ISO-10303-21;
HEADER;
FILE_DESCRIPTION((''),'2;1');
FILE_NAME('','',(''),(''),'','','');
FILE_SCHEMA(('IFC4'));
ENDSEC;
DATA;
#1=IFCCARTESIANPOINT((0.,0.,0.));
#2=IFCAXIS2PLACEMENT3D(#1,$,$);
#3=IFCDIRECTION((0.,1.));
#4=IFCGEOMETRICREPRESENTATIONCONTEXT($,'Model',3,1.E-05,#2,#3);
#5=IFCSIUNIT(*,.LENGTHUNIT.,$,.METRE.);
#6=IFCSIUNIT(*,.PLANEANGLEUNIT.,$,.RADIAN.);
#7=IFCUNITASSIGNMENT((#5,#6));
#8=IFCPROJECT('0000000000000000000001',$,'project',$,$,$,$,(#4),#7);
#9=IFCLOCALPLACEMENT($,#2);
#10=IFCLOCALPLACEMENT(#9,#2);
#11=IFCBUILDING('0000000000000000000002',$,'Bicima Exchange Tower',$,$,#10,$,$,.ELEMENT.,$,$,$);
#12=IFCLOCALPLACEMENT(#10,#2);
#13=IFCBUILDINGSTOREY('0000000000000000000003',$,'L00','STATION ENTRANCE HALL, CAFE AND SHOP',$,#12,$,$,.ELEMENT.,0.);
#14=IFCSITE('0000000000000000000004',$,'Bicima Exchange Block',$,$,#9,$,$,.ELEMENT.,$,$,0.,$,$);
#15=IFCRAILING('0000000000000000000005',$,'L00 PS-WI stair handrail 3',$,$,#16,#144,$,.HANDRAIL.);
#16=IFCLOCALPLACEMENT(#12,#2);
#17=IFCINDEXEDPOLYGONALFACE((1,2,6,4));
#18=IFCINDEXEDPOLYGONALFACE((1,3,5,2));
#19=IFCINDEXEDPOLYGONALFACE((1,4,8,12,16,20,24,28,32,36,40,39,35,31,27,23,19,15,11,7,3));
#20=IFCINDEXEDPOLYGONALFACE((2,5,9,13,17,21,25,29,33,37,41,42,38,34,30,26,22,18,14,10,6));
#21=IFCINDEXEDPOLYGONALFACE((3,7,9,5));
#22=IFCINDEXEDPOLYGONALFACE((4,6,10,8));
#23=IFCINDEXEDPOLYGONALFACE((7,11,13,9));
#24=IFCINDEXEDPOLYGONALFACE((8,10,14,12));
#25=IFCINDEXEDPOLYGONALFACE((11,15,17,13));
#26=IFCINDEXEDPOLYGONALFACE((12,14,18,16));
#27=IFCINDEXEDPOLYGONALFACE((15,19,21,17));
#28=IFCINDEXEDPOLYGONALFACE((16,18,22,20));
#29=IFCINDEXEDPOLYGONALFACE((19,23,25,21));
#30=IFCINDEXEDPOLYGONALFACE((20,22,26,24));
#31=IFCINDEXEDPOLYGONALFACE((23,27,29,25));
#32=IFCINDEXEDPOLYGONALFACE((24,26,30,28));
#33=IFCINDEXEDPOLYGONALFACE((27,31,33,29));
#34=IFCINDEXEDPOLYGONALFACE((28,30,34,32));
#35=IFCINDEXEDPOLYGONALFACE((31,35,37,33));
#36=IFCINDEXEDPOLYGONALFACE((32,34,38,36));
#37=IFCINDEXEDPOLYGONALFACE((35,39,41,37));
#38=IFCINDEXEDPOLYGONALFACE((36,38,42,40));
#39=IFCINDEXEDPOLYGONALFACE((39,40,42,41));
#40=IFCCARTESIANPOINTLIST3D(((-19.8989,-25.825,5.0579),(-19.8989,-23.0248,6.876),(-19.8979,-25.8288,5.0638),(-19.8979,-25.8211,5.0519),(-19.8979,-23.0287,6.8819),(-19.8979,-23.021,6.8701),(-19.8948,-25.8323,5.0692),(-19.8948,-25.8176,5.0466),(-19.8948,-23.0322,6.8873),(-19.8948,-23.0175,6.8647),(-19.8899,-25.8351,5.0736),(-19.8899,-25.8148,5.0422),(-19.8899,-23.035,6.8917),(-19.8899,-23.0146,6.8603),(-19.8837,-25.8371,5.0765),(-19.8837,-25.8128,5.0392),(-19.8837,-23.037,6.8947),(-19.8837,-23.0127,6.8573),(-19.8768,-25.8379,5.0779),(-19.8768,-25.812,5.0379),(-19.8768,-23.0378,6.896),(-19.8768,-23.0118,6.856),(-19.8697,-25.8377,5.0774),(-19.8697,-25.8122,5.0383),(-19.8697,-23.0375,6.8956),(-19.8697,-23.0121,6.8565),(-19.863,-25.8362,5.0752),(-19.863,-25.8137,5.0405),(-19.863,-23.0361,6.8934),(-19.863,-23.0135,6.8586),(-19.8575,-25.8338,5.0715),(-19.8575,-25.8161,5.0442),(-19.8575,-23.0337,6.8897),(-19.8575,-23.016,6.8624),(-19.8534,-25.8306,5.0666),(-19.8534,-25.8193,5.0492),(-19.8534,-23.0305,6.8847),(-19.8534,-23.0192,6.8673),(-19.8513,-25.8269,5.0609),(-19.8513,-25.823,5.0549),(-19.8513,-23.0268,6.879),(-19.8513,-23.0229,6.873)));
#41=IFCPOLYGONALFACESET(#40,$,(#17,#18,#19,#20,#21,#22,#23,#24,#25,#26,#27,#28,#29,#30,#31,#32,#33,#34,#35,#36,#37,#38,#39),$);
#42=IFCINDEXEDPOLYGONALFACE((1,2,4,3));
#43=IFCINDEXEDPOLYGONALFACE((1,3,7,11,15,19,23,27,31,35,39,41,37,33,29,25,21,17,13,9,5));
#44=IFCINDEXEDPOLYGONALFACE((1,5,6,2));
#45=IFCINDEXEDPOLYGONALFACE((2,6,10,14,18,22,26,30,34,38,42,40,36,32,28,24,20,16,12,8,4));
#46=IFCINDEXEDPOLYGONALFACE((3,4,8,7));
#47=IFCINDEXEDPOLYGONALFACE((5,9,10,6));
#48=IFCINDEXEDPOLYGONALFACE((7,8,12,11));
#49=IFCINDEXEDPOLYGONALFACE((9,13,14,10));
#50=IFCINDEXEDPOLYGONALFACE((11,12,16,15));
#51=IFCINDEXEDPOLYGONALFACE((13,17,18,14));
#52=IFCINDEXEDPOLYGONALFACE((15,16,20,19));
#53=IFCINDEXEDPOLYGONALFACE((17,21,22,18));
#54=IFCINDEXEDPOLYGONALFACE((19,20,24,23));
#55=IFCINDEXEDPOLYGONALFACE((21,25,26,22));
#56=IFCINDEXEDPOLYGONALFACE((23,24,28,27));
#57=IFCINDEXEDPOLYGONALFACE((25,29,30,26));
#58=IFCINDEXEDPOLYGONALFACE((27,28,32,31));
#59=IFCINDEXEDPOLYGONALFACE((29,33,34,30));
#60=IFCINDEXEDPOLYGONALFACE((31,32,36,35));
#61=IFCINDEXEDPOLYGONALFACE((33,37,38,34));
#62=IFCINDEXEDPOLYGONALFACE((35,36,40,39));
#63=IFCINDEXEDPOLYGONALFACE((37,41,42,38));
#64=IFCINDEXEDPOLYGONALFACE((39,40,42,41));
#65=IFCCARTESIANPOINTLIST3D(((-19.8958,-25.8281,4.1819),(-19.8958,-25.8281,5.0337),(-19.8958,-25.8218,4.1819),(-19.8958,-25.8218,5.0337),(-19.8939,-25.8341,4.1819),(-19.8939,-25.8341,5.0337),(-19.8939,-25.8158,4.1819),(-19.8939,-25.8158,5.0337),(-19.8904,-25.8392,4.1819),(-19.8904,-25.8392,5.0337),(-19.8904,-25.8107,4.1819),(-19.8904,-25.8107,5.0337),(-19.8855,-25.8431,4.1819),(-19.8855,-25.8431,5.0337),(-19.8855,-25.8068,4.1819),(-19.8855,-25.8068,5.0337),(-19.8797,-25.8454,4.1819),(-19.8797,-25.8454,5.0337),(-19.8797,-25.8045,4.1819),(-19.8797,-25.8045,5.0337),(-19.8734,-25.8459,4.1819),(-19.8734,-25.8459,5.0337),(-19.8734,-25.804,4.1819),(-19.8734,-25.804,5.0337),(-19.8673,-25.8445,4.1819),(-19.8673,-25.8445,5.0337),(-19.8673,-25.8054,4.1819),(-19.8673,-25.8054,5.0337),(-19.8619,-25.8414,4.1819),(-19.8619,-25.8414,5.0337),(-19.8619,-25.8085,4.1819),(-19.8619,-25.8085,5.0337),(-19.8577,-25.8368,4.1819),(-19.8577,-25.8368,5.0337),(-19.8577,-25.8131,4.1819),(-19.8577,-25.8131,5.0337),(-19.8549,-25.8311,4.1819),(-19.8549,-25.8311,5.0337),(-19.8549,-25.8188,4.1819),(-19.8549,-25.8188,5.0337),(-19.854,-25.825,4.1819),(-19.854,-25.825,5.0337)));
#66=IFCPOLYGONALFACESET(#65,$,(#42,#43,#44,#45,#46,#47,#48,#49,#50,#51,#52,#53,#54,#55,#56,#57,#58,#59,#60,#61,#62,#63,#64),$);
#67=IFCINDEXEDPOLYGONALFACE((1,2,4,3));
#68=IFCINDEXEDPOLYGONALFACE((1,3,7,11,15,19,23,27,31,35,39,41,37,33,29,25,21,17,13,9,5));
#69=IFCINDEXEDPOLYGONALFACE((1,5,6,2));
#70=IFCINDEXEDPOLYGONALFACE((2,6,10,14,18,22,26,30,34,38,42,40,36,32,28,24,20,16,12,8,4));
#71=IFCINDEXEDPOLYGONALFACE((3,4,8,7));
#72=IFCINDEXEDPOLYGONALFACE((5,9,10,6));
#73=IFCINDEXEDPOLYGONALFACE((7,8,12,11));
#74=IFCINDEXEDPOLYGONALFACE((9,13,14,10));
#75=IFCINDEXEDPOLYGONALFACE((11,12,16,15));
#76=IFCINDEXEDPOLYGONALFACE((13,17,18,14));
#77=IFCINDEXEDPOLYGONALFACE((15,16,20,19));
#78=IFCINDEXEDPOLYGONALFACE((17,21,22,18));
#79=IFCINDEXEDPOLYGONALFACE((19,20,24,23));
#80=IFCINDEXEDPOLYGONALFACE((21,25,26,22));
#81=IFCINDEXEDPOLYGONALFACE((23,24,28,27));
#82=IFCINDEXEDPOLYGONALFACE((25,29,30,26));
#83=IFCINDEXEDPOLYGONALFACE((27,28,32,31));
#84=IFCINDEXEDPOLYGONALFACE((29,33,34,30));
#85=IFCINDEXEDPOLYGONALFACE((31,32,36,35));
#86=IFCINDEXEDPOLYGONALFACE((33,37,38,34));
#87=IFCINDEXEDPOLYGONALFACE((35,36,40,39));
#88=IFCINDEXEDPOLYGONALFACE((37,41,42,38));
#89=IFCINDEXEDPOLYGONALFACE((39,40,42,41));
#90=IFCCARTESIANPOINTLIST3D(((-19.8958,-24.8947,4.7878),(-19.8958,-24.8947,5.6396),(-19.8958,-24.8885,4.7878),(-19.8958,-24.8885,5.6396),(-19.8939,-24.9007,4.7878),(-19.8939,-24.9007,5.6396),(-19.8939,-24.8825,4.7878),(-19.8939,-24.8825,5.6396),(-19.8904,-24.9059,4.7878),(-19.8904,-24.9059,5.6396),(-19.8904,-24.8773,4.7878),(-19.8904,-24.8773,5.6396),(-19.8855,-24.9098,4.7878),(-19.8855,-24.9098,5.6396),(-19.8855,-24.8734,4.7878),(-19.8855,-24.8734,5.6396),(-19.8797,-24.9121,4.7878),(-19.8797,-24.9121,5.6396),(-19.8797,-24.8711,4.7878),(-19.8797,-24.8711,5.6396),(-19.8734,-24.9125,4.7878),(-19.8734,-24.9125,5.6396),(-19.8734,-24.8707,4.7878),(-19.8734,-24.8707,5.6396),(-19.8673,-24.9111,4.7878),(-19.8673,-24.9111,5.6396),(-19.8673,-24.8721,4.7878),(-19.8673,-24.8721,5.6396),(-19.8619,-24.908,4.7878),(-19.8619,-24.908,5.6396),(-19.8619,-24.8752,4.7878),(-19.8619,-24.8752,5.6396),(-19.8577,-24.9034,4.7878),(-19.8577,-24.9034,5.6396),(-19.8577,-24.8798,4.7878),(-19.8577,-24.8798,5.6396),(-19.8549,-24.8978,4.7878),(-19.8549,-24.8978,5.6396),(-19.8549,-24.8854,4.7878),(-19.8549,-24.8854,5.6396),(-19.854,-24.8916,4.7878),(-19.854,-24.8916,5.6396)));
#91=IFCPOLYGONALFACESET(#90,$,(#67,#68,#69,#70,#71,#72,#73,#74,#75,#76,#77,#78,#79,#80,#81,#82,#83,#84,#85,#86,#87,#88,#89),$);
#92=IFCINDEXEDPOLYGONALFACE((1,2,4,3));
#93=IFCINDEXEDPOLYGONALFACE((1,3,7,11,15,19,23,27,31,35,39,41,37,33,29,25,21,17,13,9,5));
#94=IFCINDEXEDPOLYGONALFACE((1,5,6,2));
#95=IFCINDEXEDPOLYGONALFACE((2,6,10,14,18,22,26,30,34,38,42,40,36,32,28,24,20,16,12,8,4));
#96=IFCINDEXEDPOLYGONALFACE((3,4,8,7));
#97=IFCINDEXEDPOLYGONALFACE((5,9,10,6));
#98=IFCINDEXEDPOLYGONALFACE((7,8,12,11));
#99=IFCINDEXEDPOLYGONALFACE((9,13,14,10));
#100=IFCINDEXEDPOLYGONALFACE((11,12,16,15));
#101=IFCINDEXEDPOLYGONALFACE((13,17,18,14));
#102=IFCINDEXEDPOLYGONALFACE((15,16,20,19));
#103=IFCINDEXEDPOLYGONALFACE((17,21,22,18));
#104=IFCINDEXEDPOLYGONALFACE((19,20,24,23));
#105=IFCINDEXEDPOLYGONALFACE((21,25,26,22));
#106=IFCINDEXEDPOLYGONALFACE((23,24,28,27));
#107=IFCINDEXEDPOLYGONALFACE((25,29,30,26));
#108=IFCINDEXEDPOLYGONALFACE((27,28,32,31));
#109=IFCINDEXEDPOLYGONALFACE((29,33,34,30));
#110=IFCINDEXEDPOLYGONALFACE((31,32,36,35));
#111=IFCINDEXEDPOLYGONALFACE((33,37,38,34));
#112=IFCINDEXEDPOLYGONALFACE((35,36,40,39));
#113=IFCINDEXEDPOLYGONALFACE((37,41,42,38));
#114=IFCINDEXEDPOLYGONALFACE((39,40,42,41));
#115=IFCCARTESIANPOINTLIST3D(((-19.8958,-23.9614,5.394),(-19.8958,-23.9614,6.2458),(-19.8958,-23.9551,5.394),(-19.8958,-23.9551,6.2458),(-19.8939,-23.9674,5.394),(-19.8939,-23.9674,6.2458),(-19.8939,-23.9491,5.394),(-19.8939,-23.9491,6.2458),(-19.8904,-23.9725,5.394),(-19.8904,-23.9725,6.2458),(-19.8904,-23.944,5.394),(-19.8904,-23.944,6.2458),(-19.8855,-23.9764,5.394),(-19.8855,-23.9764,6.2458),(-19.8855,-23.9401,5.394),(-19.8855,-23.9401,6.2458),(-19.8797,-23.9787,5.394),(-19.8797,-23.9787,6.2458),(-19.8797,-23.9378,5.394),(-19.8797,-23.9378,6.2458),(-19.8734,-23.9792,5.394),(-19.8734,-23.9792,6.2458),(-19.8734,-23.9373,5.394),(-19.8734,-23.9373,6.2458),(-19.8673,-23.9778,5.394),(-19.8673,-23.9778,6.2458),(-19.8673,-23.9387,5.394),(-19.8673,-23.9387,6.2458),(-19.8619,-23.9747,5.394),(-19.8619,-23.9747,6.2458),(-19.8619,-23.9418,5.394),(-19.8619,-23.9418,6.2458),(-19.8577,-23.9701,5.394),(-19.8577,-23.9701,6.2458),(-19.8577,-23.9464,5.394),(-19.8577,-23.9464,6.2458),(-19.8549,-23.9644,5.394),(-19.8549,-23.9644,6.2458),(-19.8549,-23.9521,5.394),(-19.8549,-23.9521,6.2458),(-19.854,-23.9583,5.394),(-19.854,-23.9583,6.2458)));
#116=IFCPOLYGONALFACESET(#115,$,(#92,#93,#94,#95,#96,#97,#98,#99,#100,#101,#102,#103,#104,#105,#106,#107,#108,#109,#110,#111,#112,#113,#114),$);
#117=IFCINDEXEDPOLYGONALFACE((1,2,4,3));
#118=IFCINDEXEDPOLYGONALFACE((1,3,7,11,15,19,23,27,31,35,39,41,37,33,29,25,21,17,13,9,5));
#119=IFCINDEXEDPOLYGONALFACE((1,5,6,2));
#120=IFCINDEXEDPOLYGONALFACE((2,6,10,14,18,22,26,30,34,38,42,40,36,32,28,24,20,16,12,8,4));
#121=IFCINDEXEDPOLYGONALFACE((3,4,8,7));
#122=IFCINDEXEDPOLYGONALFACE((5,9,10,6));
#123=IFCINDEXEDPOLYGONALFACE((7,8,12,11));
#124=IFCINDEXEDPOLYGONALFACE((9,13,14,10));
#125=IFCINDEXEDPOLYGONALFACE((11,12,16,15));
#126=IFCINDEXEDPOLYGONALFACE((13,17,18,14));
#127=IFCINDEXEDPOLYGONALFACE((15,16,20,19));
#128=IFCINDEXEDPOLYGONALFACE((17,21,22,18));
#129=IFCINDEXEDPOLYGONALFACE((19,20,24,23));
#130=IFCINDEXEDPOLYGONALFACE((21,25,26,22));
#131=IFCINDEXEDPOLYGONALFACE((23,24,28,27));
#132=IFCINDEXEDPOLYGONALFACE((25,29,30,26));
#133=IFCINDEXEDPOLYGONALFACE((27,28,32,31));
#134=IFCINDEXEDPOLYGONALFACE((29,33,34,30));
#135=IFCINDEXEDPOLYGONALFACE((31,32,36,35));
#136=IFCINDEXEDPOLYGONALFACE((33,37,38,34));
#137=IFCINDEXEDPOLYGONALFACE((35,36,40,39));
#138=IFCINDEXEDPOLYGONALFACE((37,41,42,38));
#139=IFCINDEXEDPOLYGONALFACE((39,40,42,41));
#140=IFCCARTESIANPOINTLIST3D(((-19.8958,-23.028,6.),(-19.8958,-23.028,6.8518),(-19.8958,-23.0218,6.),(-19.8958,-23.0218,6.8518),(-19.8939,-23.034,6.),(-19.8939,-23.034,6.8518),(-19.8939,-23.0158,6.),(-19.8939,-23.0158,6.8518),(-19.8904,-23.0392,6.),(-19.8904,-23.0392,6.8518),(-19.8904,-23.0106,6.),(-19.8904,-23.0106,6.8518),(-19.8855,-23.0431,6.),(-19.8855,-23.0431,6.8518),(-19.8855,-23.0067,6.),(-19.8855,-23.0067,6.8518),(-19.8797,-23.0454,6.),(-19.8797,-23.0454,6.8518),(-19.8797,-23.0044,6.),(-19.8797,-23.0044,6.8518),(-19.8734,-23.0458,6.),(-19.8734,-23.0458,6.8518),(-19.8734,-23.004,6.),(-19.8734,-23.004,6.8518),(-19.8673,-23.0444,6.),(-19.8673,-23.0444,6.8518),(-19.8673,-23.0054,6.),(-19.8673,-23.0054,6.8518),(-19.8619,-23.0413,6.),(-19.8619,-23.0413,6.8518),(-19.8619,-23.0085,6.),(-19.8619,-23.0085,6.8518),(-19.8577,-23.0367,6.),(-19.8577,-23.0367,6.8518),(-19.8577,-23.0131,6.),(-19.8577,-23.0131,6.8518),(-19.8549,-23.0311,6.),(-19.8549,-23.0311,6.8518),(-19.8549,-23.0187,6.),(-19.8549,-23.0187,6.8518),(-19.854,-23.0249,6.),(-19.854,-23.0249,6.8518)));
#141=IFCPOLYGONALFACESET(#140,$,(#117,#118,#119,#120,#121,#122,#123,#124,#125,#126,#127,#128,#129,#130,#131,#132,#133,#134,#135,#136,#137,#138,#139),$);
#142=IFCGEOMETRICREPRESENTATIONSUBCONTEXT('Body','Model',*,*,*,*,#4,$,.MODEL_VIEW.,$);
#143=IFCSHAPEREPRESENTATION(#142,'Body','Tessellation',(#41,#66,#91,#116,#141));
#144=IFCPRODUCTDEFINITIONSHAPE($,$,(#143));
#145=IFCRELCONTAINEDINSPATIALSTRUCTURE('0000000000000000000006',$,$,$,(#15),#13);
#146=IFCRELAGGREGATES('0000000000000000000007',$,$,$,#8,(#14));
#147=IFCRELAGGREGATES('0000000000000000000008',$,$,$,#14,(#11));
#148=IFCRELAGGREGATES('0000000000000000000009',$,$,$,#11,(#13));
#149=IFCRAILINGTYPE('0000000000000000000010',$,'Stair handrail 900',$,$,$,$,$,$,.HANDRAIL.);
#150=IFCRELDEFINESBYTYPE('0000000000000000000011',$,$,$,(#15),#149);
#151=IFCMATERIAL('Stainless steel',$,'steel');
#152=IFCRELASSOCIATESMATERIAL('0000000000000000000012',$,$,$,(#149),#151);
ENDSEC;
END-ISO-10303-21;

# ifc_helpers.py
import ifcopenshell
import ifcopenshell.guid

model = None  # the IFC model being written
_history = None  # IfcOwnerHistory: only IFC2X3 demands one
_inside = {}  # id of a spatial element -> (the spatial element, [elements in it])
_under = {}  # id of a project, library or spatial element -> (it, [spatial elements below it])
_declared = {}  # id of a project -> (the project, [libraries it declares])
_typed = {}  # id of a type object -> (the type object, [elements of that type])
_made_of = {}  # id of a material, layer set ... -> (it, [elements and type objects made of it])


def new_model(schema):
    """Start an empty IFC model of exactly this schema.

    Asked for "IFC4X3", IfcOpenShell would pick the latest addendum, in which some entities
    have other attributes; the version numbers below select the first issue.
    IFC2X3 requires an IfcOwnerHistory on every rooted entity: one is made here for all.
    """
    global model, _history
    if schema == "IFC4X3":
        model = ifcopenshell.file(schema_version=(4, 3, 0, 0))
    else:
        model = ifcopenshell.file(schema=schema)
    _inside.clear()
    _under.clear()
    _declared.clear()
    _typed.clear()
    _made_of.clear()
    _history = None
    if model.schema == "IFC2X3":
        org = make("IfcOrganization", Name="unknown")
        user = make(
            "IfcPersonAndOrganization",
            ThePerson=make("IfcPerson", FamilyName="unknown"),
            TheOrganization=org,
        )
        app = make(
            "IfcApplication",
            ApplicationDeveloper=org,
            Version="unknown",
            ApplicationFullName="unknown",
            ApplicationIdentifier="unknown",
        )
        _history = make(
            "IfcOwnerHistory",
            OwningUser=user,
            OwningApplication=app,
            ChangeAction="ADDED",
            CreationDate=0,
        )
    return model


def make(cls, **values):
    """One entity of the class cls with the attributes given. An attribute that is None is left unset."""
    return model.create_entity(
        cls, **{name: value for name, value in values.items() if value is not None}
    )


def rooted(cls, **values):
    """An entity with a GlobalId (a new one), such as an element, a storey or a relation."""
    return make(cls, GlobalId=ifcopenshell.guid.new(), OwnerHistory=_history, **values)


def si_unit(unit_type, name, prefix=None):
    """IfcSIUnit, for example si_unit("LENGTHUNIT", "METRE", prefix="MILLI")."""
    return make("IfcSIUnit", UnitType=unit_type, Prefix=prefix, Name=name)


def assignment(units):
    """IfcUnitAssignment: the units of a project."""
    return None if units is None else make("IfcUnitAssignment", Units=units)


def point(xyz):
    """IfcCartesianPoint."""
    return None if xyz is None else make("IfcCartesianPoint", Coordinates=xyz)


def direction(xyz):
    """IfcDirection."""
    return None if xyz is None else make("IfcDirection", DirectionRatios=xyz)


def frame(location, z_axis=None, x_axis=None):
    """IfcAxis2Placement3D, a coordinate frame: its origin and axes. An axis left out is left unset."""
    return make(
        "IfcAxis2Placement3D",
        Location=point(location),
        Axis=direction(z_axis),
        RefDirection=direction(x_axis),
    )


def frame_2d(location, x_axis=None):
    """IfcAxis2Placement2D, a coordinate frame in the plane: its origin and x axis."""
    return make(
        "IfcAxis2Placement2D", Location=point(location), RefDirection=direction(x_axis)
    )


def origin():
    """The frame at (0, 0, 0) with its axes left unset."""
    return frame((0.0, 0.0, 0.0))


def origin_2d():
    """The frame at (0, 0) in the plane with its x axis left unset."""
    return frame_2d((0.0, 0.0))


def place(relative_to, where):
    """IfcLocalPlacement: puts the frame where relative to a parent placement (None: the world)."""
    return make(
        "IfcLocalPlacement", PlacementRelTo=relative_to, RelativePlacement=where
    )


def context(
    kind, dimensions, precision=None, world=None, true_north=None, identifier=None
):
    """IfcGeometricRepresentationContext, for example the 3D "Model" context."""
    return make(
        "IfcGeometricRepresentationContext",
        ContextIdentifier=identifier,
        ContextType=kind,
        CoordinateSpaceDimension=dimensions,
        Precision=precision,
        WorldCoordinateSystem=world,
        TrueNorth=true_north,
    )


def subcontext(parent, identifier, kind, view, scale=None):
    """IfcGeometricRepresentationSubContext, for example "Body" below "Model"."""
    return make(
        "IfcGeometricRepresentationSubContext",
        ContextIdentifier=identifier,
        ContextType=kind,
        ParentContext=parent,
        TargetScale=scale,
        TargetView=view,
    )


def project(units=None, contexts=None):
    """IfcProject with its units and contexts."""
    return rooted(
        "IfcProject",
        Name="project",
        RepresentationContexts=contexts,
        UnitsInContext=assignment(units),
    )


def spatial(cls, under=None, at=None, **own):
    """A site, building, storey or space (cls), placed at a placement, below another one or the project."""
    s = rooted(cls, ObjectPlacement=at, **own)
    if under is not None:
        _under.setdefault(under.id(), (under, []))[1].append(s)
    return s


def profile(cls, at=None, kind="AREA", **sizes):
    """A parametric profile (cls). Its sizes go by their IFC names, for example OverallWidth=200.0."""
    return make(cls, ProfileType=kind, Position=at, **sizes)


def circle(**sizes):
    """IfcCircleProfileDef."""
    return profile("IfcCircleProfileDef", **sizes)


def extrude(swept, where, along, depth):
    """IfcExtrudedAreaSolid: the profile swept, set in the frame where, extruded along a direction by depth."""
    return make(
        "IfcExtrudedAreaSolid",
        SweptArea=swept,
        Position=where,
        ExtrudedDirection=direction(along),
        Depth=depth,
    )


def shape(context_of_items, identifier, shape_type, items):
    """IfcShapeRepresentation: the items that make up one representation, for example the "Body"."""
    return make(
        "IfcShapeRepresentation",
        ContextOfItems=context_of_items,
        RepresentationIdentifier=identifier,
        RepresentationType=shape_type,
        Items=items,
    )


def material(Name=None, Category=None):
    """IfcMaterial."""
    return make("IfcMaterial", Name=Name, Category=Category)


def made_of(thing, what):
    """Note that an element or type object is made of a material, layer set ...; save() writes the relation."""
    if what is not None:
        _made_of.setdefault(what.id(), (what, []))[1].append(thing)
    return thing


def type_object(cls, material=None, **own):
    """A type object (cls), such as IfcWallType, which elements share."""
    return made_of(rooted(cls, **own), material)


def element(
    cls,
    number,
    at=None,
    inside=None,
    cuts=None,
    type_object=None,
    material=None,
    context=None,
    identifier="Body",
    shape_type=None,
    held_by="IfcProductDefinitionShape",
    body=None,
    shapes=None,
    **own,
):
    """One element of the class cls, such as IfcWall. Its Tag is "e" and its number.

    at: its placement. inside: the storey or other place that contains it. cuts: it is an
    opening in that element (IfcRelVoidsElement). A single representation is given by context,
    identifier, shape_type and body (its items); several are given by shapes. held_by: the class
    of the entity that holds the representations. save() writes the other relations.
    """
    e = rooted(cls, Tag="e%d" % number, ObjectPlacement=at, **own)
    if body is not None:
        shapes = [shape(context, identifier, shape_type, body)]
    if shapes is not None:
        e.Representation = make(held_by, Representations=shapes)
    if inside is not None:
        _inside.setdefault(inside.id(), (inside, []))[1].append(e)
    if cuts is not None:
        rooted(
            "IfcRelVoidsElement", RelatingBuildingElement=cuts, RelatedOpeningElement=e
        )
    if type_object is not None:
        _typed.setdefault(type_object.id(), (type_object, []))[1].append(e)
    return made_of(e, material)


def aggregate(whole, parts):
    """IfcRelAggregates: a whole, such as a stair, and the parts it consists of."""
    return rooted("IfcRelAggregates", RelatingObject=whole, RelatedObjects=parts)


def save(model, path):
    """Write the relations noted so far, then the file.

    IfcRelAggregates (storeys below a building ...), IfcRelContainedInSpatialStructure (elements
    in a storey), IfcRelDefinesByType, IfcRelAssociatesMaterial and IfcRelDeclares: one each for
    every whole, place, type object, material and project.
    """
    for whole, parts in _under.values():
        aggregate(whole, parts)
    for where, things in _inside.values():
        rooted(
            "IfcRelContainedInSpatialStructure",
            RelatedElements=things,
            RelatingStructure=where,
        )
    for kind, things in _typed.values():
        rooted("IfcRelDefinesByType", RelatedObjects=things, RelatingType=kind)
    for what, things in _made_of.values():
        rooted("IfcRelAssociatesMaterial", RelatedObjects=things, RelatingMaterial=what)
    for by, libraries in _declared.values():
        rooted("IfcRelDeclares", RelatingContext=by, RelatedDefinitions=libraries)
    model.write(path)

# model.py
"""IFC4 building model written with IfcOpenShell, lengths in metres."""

from ifc_helpers import new_model, si_unit, direction, frame, origin, origin_2d, place, context, subcontext, project, spatial, circle, extrude, material, type_object, element, save


model = new_model("IFC4")

# Units and contexts
model_context = context("Model", 3, precision=1e-05, world=origin(), true_north=direction((0.0, 1.0)))
body_context = subcontext(model_context, "Body", "Model", "MODEL_VIEW")
ifc_project = project(units=[si_unit("LENGTHUNIT", "METRE"), si_unit("PLANEANGLEUNIT", "RADIAN")], contexts=[model_context])

# Site, building, storey
site_placement = place(None, origin())
site = spatial("IfcSite", under=ifc_project, at=site_placement, Name="Bicima Exchange Block", CompositionType="ELEMENT", RefElevation=0.0)
building_placement = place(site_placement, origin())
building = spatial("IfcBuilding", under=site, at=building_placement, Name="Bicima Exchange Tower", CompositionType="ELEMENT")
storey_placement = place(building_placement, origin())
storey = spatial("IfcBuildingStorey", under=building, at=storey_placement, Name="L00", Description="STATION ENTRANCE HALL, CAFE AND SHOP", CompositionType="ELEMENT", Elevation=0.0)

# Shared definitions
ifc_material_1 = material(Name="Stainless steel", Category="steel")

# Railing
railing_type = type_object("IfcRailingType", Name="Stair handrail 900", PredefinedType="HANDRAIL", material=ifc_material_1)
for number, where, name in (
    (1, (-19.875, -25.825, 4.1819), "L00 PS-WI stair handrail 3"),
):
    element("IfcRailing", number, at=place(storey_placement, frame(where)), inside=storey, type_object=railing_type, Name=name, PredefinedType="HANDRAIL", context=body_context, shape_type="SweptSolid", body=[
        extrude(circle(Radius=0.0239, at=origin_2d()), frame((0.0, 0.0, 0.876), z_axis=(0.0, 0.838706, 0.544585), x_axis=(-1.0, 0.0, 0.0)), (0.0, 0.0, 1.0), 3.3386),
        extrude(circle(Radius=0.021, at=origin_2d()), origin(), (0.0, 0.0, 1.0), 0.8518),
        extrude(circle(Radius=0.021, at=origin_2d()), frame((0.0, 0.9333, 0.606)), (0.0, 0.0, 1.0), 0.8518),
        extrude(circle(Radius=0.021, at=origin_2d()), frame((0.0, 1.8667, 1.2122)), (0.0, 0.0, 1.0), 0.8518),
        extrude(circle(Radius=0.021, at=origin_2d()), frame((0.0, 2.8, 1.8181)), (0.0, 0.0, 1.0), 0.8518),
    ])

save(model, "model.ifc")
